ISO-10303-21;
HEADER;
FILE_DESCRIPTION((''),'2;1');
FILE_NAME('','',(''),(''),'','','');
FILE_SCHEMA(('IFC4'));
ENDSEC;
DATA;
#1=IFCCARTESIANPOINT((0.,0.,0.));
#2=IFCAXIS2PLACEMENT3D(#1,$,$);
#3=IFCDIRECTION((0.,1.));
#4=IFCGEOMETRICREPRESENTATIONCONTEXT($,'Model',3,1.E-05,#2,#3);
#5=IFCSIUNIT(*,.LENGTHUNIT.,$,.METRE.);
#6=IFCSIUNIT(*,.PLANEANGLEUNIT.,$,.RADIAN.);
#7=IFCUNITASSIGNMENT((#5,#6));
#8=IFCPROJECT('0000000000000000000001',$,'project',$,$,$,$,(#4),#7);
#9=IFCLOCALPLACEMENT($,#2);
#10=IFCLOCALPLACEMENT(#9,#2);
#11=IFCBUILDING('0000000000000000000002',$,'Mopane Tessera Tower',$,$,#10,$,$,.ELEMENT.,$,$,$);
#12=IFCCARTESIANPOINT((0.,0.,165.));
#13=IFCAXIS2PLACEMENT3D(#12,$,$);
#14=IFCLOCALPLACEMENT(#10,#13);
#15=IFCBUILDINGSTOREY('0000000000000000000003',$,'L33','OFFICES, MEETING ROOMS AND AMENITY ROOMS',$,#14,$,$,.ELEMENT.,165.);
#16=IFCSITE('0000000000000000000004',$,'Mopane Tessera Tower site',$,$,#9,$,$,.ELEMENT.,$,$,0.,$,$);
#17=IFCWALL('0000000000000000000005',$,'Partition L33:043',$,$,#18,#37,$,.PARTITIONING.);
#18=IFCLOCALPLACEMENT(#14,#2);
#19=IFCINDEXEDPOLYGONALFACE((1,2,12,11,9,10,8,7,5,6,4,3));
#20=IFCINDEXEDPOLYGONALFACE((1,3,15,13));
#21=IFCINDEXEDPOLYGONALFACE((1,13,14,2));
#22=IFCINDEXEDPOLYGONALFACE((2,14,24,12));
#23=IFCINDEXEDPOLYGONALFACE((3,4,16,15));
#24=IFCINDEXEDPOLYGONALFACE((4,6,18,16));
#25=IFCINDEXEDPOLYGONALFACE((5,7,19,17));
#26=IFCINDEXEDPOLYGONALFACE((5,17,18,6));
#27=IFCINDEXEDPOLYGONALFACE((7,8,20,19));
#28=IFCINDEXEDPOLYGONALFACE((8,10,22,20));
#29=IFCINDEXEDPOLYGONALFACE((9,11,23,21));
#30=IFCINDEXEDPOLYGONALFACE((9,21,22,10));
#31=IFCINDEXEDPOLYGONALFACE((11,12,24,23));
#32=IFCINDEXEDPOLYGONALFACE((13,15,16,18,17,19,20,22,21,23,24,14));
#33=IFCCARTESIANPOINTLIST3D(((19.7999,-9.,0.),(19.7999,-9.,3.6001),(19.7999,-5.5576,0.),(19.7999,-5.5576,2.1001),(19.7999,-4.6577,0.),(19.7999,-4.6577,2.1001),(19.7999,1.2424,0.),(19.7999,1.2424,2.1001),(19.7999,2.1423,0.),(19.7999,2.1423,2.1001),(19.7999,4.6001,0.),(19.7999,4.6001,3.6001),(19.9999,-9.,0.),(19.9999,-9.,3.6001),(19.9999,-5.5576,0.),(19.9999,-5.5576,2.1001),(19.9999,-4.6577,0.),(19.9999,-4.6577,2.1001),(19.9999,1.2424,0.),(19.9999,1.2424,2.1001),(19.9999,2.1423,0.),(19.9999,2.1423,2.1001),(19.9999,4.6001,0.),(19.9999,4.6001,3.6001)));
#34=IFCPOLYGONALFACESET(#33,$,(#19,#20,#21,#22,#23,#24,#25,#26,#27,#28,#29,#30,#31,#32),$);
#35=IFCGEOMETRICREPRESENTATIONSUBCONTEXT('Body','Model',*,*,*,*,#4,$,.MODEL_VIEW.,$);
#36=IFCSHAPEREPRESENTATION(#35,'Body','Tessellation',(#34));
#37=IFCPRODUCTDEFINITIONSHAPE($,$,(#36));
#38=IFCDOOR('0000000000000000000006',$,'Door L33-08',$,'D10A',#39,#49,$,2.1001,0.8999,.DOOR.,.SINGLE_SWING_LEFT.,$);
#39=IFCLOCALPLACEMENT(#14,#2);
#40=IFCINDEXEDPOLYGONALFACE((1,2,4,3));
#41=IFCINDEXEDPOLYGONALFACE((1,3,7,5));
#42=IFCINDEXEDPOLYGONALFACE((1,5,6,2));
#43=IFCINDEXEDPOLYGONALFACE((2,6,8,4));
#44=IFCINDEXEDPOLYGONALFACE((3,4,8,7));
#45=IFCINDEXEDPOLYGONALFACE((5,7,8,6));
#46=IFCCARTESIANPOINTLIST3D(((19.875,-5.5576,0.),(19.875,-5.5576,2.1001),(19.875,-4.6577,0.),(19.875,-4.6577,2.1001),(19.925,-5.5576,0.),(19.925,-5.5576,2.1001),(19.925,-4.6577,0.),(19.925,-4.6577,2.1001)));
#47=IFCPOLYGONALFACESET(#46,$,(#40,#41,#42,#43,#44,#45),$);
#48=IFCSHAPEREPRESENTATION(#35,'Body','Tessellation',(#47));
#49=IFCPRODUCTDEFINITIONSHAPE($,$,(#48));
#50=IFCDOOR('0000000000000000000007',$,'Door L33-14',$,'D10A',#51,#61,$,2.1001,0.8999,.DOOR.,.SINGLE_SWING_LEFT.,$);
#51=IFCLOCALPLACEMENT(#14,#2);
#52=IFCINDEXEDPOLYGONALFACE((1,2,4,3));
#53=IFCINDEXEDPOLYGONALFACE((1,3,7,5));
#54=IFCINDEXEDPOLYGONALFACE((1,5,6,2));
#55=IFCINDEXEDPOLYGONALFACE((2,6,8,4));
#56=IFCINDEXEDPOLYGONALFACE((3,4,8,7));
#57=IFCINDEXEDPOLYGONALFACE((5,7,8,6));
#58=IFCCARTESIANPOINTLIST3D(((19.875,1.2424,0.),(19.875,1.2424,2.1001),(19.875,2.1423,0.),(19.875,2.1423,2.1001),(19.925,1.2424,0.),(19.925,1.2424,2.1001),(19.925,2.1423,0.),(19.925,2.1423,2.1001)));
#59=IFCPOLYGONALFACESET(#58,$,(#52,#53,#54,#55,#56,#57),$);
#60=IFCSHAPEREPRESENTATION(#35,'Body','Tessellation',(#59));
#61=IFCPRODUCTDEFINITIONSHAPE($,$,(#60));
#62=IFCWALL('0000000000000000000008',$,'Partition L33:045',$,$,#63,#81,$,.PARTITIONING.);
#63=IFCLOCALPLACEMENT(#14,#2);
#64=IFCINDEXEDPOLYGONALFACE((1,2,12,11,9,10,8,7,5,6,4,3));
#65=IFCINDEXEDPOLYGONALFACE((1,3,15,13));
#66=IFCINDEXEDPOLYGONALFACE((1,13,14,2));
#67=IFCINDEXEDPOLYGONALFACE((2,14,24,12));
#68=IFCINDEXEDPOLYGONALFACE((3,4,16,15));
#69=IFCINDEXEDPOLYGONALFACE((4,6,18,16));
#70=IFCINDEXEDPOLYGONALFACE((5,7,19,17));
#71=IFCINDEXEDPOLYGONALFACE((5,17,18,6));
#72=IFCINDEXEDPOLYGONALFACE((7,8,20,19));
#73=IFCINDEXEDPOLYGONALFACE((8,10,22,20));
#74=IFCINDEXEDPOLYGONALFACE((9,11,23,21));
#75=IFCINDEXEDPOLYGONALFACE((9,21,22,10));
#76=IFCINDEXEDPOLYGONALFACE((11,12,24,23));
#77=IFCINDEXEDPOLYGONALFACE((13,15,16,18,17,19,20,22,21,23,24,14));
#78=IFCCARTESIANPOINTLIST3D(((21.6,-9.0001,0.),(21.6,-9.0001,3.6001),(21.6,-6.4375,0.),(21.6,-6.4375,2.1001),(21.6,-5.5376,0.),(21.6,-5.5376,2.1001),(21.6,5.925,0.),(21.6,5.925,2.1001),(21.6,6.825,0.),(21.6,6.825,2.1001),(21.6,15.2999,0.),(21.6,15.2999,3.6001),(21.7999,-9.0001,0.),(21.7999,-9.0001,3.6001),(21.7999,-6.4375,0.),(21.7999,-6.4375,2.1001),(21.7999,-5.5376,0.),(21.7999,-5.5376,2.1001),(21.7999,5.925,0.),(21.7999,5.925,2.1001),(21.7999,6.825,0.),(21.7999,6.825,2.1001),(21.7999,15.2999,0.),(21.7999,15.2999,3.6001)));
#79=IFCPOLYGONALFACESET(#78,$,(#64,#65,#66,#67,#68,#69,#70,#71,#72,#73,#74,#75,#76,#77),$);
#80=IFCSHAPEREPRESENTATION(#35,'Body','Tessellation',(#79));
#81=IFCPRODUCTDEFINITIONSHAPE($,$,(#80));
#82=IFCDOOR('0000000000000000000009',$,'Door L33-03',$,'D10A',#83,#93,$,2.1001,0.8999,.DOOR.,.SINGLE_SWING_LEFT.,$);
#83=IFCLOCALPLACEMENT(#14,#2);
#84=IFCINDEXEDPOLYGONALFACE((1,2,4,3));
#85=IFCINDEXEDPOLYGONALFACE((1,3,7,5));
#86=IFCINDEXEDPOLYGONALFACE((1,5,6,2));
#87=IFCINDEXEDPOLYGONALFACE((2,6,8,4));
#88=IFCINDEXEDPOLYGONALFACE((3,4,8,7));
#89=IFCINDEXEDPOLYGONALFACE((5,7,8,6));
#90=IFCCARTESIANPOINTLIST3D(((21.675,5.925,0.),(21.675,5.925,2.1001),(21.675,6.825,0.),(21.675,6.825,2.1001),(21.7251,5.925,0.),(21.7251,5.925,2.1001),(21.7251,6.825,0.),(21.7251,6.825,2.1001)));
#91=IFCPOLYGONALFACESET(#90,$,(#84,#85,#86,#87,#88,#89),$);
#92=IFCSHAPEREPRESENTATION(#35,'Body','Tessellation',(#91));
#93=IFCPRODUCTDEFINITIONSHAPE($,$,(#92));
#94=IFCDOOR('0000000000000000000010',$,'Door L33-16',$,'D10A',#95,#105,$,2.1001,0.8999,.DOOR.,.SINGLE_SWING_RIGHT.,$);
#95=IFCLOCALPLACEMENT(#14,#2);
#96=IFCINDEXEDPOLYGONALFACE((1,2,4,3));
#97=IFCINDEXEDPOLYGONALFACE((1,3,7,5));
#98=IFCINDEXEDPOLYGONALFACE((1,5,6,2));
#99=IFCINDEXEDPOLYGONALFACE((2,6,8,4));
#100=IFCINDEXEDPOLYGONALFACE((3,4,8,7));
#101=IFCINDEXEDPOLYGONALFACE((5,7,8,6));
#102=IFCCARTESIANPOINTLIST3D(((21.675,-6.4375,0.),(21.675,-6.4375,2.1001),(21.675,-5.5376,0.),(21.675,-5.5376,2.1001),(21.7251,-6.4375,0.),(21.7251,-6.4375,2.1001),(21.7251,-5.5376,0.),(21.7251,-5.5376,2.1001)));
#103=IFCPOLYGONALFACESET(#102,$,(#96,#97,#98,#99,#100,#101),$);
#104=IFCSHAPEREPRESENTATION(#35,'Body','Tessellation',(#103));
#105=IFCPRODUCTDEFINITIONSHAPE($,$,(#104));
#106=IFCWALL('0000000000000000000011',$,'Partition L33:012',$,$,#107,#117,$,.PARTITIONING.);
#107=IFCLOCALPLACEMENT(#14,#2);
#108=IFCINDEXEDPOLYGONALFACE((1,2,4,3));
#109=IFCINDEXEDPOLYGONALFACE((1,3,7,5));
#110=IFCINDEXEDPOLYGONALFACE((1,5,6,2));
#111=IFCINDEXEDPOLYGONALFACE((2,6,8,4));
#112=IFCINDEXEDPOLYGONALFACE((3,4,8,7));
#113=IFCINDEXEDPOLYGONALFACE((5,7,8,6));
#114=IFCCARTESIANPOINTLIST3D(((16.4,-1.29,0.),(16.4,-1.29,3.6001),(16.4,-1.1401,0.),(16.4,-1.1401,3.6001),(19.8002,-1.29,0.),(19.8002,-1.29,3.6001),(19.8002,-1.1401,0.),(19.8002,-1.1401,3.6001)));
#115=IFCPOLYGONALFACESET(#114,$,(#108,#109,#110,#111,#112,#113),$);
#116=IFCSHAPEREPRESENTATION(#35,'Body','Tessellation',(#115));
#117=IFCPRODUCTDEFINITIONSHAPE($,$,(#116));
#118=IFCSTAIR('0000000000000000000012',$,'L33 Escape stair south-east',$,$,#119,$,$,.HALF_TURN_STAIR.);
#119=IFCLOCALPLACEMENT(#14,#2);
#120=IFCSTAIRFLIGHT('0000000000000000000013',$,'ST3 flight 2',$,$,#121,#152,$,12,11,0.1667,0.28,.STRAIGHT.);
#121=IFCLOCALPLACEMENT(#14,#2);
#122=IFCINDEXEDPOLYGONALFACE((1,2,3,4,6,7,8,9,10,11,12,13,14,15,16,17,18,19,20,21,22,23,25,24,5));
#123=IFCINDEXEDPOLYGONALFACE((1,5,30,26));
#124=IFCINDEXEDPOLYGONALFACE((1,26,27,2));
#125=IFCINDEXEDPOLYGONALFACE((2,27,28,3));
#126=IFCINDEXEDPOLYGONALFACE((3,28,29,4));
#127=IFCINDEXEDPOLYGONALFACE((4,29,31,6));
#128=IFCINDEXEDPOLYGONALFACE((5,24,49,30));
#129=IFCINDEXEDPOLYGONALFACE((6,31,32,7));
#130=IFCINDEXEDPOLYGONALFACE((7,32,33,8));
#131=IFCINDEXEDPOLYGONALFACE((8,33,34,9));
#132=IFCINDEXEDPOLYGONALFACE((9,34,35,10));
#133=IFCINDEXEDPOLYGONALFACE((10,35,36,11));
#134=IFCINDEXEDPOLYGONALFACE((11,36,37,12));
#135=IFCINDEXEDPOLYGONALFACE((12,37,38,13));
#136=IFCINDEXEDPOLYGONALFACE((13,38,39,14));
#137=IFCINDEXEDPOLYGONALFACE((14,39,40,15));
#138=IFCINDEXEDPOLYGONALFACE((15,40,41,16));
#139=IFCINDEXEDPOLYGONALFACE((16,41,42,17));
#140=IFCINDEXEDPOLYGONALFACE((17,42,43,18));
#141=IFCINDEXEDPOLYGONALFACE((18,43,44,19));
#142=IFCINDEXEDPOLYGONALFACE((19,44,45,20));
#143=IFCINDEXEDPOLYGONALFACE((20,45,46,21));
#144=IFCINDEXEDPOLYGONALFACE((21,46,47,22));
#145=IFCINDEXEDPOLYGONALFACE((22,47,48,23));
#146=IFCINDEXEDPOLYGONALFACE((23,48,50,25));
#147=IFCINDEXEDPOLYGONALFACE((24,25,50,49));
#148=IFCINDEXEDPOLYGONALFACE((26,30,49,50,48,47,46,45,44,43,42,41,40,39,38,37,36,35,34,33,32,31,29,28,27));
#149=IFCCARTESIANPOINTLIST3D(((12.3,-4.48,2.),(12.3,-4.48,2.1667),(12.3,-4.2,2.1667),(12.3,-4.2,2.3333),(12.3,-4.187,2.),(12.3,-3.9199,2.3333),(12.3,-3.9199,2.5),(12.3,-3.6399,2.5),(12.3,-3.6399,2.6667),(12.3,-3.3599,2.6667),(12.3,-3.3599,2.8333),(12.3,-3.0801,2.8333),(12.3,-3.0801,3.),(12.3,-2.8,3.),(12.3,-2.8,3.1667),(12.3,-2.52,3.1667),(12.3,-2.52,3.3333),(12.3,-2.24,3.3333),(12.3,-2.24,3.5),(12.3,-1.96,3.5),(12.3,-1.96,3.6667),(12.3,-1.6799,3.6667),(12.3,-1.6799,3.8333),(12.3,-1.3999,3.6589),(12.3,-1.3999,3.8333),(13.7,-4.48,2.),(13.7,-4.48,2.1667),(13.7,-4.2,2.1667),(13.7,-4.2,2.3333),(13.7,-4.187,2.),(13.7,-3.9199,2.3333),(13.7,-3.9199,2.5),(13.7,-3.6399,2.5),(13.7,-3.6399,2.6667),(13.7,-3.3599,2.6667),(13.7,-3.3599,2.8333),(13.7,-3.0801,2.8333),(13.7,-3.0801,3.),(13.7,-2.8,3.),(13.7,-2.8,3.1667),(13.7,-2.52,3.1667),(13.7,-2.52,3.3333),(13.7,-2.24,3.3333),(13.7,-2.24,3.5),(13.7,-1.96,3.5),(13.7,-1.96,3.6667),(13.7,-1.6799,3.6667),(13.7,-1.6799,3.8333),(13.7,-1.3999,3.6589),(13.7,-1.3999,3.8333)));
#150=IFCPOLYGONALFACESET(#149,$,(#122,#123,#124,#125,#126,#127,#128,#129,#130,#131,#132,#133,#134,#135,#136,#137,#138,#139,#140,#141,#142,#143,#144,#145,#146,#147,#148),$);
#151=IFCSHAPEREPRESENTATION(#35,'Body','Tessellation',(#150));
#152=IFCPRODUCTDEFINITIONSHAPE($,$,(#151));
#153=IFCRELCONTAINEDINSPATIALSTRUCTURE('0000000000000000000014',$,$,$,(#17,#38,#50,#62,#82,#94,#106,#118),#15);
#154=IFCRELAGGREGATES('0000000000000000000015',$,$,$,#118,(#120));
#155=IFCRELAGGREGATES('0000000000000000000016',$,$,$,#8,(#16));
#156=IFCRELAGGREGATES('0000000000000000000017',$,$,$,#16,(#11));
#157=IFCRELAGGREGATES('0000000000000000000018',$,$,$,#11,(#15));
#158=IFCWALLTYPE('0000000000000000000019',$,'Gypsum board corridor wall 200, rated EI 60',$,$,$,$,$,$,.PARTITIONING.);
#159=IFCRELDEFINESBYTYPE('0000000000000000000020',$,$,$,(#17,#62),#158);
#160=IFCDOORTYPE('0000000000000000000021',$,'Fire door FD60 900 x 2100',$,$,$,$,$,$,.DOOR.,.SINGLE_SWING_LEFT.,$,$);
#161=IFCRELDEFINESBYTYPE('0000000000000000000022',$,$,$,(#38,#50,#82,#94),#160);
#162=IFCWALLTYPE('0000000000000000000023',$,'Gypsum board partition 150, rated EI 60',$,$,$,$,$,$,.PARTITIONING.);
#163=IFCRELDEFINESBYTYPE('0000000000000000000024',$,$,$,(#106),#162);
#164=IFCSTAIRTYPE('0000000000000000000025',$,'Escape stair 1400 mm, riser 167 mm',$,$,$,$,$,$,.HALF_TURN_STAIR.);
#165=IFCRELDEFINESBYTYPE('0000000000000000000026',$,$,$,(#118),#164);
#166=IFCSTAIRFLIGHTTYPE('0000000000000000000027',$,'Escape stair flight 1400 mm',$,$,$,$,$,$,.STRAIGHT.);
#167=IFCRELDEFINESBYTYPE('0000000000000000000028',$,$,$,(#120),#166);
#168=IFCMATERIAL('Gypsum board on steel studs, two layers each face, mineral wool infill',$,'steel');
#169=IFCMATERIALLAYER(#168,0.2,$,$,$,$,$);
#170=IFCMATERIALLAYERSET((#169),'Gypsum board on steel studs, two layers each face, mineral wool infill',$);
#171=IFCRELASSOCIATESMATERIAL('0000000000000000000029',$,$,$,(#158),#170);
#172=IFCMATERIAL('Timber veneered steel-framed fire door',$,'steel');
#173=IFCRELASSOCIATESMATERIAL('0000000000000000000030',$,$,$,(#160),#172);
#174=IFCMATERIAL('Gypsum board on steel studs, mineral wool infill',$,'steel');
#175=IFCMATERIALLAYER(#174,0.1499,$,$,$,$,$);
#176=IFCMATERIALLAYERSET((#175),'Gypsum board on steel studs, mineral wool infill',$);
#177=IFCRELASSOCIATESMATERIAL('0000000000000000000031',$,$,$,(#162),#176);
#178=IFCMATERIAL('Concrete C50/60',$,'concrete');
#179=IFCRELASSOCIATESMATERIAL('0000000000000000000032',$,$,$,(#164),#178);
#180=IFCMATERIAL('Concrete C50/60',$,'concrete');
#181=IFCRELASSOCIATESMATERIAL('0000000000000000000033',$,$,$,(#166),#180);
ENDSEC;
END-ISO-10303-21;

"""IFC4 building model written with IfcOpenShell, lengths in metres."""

from ifc_helpers import new_model, si_unit, direction, frame, frame_2d, origin, place, context, subcontext, project, spatial, polyline, rectangle, outline, extrude, material, layer, layer_set, type_object, element, fill, aggregate, save


model = new_model("IFC4")

# Units and contexts
model_context = context("Model", 3, precision=1e-05, world=origin(), true_north=direction((0.0, 1.0)))
body_context = subcontext(model_context, "Body", "Model", "MODEL_VIEW")
ifc_project = project(units=[si_unit("LENGTHUNIT", "METRE"), si_unit("PLANEANGLEUNIT", "RADIAN")], contexts=[model_context])

# Site, building, storey
site_placement = place(None, origin())
site = spatial("IfcSite", under=ifc_project, at=site_placement, Name="Mopane Tessera Tower site", CompositionType="ELEMENT", RefElevation=0.0)
building_placement = place(site_placement, origin())
building = spatial("IfcBuilding", under=site, at=building_placement, Name="Mopane Tessera Tower", CompositionType="ELEMENT")
storey_placement = place(building_placement, frame((0.0, 0.0, 165.0)))
storey = spatial("IfcBuildingStorey", under=building, at=storey_placement, Name="L33", Description="OFFICES, MEETING ROOMS AND AMENITY ROOMS", CompositionType="ELEMENT", Elevation=165.0)

# Shared definitions
ifc_material_1 = material(Name="Gypsum board on steel studs, two layers each face, mineral wool infill", Category="steel")
ifc_layer_1 = layer(ifc_material_1, 0.2)
ifc_layer_set_1 = layer_set([ifc_layer_1], Name="Gypsum board on steel studs, two layers each face, mineral wool infill")
wall_type_1 = type_object("IfcWallType", Name="Gypsum board corridor wall 200, rated EI 60", PredefinedType="PARTITIONING", material=ifc_layer_set_1)

# Walls, openings, doors
wall_1_placement = place(storey_placement, frame((19.8999, -9.0, 0.0), z_axis=(0.0, 0.0, 1.0), x_axis=(0.0, 1.0, 0.0)))
wall_1 = element("IfcWall", 1, at=wall_1_placement, inside=storey, type_object=wall_type_1, Name="Partition L33:043", PredefinedType="PARTITIONING", context=body_context, shape_type="SweptSolid", body=[
    extrude(rectangle(XDim=13.6001, YDim=0.2, at=frame_2d((6.8, 0.0))), origin(), (0.0, 0.0, 1.0), 3.6001),
])
opening_1_placement = place(wall_1_placement, frame((3.4424, 0.0, 0.0)))
opening_1 = element("IfcOpeningElement", 2, at=opening_1_placement, cuts=wall_1, PredefinedType="OPENING", context=body_context, shape_type="SweptSolid", body=[
    extrude(rectangle(XDim=0.8999, YDim=2.1001, at=frame_2d((0.45, 1.05))), frame((0.0, 0.1121, 0.0), z_axis=(0.0, -1.0, 0.0), x_axis=(1.0, 0.0, 0.0)), (0.0, 0.0, 1.0), 0.2239),
])
opening_2_placement = place(wall_1_placement, frame((10.2424, 0.0, 0.0)))
opening_2 = element("IfcOpeningElement", 3, at=opening_2_placement, cuts=wall_1, PredefinedType="OPENING", context=body_context, shape_type="SweptSolid", body=[
    extrude(rectangle(XDim=0.8999, YDim=2.1001, at=frame_2d((0.45, 1.05))), frame((0.0, 0.1121, 0.0), z_axis=(0.0, -1.0, 0.0), x_axis=(1.0, 0.0, 0.0)), (0.0, 0.0, 1.0), 0.2239),
])
ifc_material_2 = material(Name="Timber veneered steel-framed fire door", Category="steel")
door_type_1 = type_object("IfcDoorType", Name="Fire door FD60 900 x 2100", OperationType="SINGLE_SWING_LEFT", PredefinedType="DOOR", material=ifc_material_2)
door_1_placement = place(opening_1_placement, origin())
door_1 = element("IfcDoor", 4, at=door_1_placement, inside=storey, type_object=door_type_1, Name="Door L33-08", ObjectType="D10A", OperationType="SINGLE_SWING_LEFT", OverallHeight=2.1001, OverallWidth=0.8999, PredefinedType="DOOR", context=body_context, shape_type="SweptSolid", body=[
    extrude(rectangle(XDim=0.8999, YDim=2.1001, at=frame_2d((0.45, 1.05))), frame((0.0, 0.0249, 0.0), z_axis=(0.0, -1.0, 0.0), x_axis=(1.0, 0.0, 0.0)), (0.0, 0.0, 1.0), 0.05),
])
fill(opening_1, door_1)
door_2_placement = place(opening_2_placement, origin())
door_2 = element("IfcDoor", 5, at=door_2_placement, inside=storey, type_object=door_type_1, Name="Door L33-14", ObjectType="D10A", OperationType="SINGLE_SWING_LEFT", OverallHeight=2.1001, OverallWidth=0.8999, PredefinedType="DOOR", context=body_context, shape_type="SweptSolid", body=[
    extrude(rectangle(XDim=0.8999, YDim=2.1001, at=frame_2d((0.45, 1.05))), frame((0.0, 0.0249, 0.0), z_axis=(0.0, -1.0, 0.0), x_axis=(1.0, 0.0, 0.0)), (0.0, 0.0, 1.0), 0.05),
])
fill(opening_2, door_2)
wall_2_placement = place(storey_placement, frame((21.7, -9.0, 0.0), z_axis=(0.0, 0.0, 1.0), x_axis=(0.0, 1.0, 0.0)))
wall_2 = element("IfcWall", 6, at=wall_2_placement, inside=storey, type_object=wall_type_1, Name="Partition L33:045", PredefinedType="PARTITIONING", context=body_context, shape_type="SweptSolid", body=[
    extrude(rectangle(XDim=24.3, YDim=0.2, at=frame_2d((12.1499, 0.0))), origin(), (0.0, 0.0, 1.0), 3.6001),
])
opening_3_placement = place(wall_2_placement, frame((14.925, 0.0, 0.0)))
opening_3 = element("IfcOpeningElement", 7, at=opening_3_placement, cuts=wall_2, PredefinedType="OPENING", context=body_context, shape_type="SweptSolid", body=[
    extrude(rectangle(XDim=0.8999, YDim=2.1001, at=frame_2d((0.45, 1.05))), frame((0.0, 0.1121, 0.0), z_axis=(0.0, -1.0, 0.0), x_axis=(1.0, 0.0, 0.0)), (0.0, 0.0, 1.0), 0.2239),
])
opening_4_placement = place(wall_2_placement, frame((2.5625, 0.0, 0.0)))
opening_4 = element("IfcOpeningElement", 8, at=opening_4_placement, cuts=wall_2, PredefinedType="OPENING", context=body_context, shape_type="SweptSolid", body=[
    extrude(rectangle(XDim=0.8999, YDim=2.1001, at=frame_2d((0.45, 1.05))), frame((0.0, 0.1121, 0.0), z_axis=(0.0, -1.0, 0.0), x_axis=(1.0, 0.0, 0.0)), (0.0, 0.0, 1.0), 0.2239),
])
door_3_placement = place(opening_3_placement, origin())
door_3 = element("IfcDoor", 9, at=door_3_placement, inside=storey, type_object=door_type_1, Name="Door L33-03", ObjectType="D10A", OperationType="SINGLE_SWING_LEFT", OverallHeight=2.1001, OverallWidth=0.8999, PredefinedType="DOOR", context=body_context, shape_type="SweptSolid", body=[
    extrude(rectangle(XDim=0.8999, YDim=2.1001, at=frame_2d((0.45, 1.05))), frame((0.0, 0.0249, 0.0), z_axis=(0.0, -1.0, 0.0), x_axis=(1.0, 0.0, 0.0)), (0.0, 0.0, 1.0), 0.05),
])
fill(opening_3, door_3)
door_4_placement = place(opening_4_placement, origin())
door_4 = element("IfcDoor", 10, at=door_4_placement, inside=storey, type_object=door_type_1, Name="Door L33-16", ObjectType="D10A", OperationType="SINGLE_SWING_RIGHT", OverallHeight=2.1001, OverallWidth=0.8999, PredefinedType="DOOR", context=body_context, shape_type="SweptSolid", body=[
    extrude(rectangle(XDim=0.8999, YDim=2.1001, at=frame_2d((0.45, 1.05))), frame((0.0, 0.0249, 0.0), z_axis=(0.0, -1.0, 0.0), x_axis=(1.0, 0.0, 0.0)), (0.0, 0.0, 1.0), 0.05),
])
fill(opening_4, door_4)

# Wall
ifc_material_3 = material(Name="Gypsum board on steel studs, mineral wool infill", Category="steel")
ifc_layer_2 = layer(ifc_material_3, 0.1499)
ifc_layer_set_2 = layer_set([ifc_layer_2], Name="Gypsum board on steel studs, mineral wool infill")
wall_type_2 = type_object("IfcWallType", Name="Gypsum board partition 150, rated EI 60", PredefinedType="PARTITIONING", material=ifc_layer_set_2)
wall_3_placement = place(storey_placement, frame((16.3999, -1.2151, 0.0), z_axis=(0.0, 0.0, 1.0), x_axis=(1.0, 0.0, 0.0)))
element("IfcWall", 11, at=wall_3_placement, inside=storey, type_object=wall_type_2, Name="Partition L33:012", PredefinedType="PARTITIONING", context=body_context, shape_type="SweptSolid", body=[
    extrude(rectangle(XDim=3.4001, YDim=0.1499, at=frame_2d((1.7002, 0.0))), origin(), (0.0, 0.0, 1.0), 3.6001),
])

# Stair, stair flight
ifc_material_4 = material(Name="Concrete C50/60", Category="concrete")
stair_type = type_object("IfcStairType", Name="Escape stair 1400 mm, riser 167 mm", PredefinedType="HALF_TURN_STAIR", material=ifc_material_4)
stair_placement = place(storey_placement, origin())
stair = element("IfcStair", 12, at=stair_placement, inside=storey, type_object=stair_type, Name="L33 Escape stair south-east", PredefinedType="HALF_TURN_STAIR")
ifc_material_5 = material(Name="Concrete C50/60", Category="concrete")
stair_flight_type = type_object("IfcStairFlightType", Name="Escape stair flight 1400 mm", PredefinedType="STRAIGHT", material=ifc_material_5)
stair_flight_placement = place(storey_placement, frame((13.0, -4.48, 2.0), z_axis=(0.0, 0.0, 1.0), x_axis=(0.0, 1.0, 0.0)))
stair_flight = element("IfcStairFlight", 13, at=stair_flight_placement, type_object=stair_flight_type, Name="ST3 flight 2", NumberOfRisers=12, NumberOfTreads=11, PredefinedType="STRAIGHT", RiserHeight=0.1667, TreadLength=0.28, context=body_context, shape_type="SweptSolid", body=[
    extrude(outline(polyline([(0.0, 0.0), (0.0, 0.1667), (0.28, 0.1667), (0.28, 0.3333), (0.5601, 0.3333), (0.5601, 0.5), (0.8401, 0.5), (0.8401, 0.6667), (1.1201, 0.6667), (1.1201, 0.8333), (1.3999, 0.8333), (1.3999, 1.0), (1.6799, 1.0), (1.6799, 1.1667), (1.96, 1.1667), (1.96, 1.3333), (2.24, 1.3333), (2.24, 1.5), (2.52, 1.5), (2.52, 1.6667), (2.8, 1.6667), (2.8, 1.8333), (3.0801, 1.8333), (3.0801, 2.0), (3.0801, 1.6589), (0.293, 0.0), (0.0, 0.0)])), frame((0.0, 0.7, 0.0), z_axis=(0.0, -1.0, 0.0), x_axis=(1.0, 0.0, 0.0)), (0.0, 0.0, 1.0), 1.3999),
])
aggregate(stair, [stair_flight])

save(model, "model.ifc")
